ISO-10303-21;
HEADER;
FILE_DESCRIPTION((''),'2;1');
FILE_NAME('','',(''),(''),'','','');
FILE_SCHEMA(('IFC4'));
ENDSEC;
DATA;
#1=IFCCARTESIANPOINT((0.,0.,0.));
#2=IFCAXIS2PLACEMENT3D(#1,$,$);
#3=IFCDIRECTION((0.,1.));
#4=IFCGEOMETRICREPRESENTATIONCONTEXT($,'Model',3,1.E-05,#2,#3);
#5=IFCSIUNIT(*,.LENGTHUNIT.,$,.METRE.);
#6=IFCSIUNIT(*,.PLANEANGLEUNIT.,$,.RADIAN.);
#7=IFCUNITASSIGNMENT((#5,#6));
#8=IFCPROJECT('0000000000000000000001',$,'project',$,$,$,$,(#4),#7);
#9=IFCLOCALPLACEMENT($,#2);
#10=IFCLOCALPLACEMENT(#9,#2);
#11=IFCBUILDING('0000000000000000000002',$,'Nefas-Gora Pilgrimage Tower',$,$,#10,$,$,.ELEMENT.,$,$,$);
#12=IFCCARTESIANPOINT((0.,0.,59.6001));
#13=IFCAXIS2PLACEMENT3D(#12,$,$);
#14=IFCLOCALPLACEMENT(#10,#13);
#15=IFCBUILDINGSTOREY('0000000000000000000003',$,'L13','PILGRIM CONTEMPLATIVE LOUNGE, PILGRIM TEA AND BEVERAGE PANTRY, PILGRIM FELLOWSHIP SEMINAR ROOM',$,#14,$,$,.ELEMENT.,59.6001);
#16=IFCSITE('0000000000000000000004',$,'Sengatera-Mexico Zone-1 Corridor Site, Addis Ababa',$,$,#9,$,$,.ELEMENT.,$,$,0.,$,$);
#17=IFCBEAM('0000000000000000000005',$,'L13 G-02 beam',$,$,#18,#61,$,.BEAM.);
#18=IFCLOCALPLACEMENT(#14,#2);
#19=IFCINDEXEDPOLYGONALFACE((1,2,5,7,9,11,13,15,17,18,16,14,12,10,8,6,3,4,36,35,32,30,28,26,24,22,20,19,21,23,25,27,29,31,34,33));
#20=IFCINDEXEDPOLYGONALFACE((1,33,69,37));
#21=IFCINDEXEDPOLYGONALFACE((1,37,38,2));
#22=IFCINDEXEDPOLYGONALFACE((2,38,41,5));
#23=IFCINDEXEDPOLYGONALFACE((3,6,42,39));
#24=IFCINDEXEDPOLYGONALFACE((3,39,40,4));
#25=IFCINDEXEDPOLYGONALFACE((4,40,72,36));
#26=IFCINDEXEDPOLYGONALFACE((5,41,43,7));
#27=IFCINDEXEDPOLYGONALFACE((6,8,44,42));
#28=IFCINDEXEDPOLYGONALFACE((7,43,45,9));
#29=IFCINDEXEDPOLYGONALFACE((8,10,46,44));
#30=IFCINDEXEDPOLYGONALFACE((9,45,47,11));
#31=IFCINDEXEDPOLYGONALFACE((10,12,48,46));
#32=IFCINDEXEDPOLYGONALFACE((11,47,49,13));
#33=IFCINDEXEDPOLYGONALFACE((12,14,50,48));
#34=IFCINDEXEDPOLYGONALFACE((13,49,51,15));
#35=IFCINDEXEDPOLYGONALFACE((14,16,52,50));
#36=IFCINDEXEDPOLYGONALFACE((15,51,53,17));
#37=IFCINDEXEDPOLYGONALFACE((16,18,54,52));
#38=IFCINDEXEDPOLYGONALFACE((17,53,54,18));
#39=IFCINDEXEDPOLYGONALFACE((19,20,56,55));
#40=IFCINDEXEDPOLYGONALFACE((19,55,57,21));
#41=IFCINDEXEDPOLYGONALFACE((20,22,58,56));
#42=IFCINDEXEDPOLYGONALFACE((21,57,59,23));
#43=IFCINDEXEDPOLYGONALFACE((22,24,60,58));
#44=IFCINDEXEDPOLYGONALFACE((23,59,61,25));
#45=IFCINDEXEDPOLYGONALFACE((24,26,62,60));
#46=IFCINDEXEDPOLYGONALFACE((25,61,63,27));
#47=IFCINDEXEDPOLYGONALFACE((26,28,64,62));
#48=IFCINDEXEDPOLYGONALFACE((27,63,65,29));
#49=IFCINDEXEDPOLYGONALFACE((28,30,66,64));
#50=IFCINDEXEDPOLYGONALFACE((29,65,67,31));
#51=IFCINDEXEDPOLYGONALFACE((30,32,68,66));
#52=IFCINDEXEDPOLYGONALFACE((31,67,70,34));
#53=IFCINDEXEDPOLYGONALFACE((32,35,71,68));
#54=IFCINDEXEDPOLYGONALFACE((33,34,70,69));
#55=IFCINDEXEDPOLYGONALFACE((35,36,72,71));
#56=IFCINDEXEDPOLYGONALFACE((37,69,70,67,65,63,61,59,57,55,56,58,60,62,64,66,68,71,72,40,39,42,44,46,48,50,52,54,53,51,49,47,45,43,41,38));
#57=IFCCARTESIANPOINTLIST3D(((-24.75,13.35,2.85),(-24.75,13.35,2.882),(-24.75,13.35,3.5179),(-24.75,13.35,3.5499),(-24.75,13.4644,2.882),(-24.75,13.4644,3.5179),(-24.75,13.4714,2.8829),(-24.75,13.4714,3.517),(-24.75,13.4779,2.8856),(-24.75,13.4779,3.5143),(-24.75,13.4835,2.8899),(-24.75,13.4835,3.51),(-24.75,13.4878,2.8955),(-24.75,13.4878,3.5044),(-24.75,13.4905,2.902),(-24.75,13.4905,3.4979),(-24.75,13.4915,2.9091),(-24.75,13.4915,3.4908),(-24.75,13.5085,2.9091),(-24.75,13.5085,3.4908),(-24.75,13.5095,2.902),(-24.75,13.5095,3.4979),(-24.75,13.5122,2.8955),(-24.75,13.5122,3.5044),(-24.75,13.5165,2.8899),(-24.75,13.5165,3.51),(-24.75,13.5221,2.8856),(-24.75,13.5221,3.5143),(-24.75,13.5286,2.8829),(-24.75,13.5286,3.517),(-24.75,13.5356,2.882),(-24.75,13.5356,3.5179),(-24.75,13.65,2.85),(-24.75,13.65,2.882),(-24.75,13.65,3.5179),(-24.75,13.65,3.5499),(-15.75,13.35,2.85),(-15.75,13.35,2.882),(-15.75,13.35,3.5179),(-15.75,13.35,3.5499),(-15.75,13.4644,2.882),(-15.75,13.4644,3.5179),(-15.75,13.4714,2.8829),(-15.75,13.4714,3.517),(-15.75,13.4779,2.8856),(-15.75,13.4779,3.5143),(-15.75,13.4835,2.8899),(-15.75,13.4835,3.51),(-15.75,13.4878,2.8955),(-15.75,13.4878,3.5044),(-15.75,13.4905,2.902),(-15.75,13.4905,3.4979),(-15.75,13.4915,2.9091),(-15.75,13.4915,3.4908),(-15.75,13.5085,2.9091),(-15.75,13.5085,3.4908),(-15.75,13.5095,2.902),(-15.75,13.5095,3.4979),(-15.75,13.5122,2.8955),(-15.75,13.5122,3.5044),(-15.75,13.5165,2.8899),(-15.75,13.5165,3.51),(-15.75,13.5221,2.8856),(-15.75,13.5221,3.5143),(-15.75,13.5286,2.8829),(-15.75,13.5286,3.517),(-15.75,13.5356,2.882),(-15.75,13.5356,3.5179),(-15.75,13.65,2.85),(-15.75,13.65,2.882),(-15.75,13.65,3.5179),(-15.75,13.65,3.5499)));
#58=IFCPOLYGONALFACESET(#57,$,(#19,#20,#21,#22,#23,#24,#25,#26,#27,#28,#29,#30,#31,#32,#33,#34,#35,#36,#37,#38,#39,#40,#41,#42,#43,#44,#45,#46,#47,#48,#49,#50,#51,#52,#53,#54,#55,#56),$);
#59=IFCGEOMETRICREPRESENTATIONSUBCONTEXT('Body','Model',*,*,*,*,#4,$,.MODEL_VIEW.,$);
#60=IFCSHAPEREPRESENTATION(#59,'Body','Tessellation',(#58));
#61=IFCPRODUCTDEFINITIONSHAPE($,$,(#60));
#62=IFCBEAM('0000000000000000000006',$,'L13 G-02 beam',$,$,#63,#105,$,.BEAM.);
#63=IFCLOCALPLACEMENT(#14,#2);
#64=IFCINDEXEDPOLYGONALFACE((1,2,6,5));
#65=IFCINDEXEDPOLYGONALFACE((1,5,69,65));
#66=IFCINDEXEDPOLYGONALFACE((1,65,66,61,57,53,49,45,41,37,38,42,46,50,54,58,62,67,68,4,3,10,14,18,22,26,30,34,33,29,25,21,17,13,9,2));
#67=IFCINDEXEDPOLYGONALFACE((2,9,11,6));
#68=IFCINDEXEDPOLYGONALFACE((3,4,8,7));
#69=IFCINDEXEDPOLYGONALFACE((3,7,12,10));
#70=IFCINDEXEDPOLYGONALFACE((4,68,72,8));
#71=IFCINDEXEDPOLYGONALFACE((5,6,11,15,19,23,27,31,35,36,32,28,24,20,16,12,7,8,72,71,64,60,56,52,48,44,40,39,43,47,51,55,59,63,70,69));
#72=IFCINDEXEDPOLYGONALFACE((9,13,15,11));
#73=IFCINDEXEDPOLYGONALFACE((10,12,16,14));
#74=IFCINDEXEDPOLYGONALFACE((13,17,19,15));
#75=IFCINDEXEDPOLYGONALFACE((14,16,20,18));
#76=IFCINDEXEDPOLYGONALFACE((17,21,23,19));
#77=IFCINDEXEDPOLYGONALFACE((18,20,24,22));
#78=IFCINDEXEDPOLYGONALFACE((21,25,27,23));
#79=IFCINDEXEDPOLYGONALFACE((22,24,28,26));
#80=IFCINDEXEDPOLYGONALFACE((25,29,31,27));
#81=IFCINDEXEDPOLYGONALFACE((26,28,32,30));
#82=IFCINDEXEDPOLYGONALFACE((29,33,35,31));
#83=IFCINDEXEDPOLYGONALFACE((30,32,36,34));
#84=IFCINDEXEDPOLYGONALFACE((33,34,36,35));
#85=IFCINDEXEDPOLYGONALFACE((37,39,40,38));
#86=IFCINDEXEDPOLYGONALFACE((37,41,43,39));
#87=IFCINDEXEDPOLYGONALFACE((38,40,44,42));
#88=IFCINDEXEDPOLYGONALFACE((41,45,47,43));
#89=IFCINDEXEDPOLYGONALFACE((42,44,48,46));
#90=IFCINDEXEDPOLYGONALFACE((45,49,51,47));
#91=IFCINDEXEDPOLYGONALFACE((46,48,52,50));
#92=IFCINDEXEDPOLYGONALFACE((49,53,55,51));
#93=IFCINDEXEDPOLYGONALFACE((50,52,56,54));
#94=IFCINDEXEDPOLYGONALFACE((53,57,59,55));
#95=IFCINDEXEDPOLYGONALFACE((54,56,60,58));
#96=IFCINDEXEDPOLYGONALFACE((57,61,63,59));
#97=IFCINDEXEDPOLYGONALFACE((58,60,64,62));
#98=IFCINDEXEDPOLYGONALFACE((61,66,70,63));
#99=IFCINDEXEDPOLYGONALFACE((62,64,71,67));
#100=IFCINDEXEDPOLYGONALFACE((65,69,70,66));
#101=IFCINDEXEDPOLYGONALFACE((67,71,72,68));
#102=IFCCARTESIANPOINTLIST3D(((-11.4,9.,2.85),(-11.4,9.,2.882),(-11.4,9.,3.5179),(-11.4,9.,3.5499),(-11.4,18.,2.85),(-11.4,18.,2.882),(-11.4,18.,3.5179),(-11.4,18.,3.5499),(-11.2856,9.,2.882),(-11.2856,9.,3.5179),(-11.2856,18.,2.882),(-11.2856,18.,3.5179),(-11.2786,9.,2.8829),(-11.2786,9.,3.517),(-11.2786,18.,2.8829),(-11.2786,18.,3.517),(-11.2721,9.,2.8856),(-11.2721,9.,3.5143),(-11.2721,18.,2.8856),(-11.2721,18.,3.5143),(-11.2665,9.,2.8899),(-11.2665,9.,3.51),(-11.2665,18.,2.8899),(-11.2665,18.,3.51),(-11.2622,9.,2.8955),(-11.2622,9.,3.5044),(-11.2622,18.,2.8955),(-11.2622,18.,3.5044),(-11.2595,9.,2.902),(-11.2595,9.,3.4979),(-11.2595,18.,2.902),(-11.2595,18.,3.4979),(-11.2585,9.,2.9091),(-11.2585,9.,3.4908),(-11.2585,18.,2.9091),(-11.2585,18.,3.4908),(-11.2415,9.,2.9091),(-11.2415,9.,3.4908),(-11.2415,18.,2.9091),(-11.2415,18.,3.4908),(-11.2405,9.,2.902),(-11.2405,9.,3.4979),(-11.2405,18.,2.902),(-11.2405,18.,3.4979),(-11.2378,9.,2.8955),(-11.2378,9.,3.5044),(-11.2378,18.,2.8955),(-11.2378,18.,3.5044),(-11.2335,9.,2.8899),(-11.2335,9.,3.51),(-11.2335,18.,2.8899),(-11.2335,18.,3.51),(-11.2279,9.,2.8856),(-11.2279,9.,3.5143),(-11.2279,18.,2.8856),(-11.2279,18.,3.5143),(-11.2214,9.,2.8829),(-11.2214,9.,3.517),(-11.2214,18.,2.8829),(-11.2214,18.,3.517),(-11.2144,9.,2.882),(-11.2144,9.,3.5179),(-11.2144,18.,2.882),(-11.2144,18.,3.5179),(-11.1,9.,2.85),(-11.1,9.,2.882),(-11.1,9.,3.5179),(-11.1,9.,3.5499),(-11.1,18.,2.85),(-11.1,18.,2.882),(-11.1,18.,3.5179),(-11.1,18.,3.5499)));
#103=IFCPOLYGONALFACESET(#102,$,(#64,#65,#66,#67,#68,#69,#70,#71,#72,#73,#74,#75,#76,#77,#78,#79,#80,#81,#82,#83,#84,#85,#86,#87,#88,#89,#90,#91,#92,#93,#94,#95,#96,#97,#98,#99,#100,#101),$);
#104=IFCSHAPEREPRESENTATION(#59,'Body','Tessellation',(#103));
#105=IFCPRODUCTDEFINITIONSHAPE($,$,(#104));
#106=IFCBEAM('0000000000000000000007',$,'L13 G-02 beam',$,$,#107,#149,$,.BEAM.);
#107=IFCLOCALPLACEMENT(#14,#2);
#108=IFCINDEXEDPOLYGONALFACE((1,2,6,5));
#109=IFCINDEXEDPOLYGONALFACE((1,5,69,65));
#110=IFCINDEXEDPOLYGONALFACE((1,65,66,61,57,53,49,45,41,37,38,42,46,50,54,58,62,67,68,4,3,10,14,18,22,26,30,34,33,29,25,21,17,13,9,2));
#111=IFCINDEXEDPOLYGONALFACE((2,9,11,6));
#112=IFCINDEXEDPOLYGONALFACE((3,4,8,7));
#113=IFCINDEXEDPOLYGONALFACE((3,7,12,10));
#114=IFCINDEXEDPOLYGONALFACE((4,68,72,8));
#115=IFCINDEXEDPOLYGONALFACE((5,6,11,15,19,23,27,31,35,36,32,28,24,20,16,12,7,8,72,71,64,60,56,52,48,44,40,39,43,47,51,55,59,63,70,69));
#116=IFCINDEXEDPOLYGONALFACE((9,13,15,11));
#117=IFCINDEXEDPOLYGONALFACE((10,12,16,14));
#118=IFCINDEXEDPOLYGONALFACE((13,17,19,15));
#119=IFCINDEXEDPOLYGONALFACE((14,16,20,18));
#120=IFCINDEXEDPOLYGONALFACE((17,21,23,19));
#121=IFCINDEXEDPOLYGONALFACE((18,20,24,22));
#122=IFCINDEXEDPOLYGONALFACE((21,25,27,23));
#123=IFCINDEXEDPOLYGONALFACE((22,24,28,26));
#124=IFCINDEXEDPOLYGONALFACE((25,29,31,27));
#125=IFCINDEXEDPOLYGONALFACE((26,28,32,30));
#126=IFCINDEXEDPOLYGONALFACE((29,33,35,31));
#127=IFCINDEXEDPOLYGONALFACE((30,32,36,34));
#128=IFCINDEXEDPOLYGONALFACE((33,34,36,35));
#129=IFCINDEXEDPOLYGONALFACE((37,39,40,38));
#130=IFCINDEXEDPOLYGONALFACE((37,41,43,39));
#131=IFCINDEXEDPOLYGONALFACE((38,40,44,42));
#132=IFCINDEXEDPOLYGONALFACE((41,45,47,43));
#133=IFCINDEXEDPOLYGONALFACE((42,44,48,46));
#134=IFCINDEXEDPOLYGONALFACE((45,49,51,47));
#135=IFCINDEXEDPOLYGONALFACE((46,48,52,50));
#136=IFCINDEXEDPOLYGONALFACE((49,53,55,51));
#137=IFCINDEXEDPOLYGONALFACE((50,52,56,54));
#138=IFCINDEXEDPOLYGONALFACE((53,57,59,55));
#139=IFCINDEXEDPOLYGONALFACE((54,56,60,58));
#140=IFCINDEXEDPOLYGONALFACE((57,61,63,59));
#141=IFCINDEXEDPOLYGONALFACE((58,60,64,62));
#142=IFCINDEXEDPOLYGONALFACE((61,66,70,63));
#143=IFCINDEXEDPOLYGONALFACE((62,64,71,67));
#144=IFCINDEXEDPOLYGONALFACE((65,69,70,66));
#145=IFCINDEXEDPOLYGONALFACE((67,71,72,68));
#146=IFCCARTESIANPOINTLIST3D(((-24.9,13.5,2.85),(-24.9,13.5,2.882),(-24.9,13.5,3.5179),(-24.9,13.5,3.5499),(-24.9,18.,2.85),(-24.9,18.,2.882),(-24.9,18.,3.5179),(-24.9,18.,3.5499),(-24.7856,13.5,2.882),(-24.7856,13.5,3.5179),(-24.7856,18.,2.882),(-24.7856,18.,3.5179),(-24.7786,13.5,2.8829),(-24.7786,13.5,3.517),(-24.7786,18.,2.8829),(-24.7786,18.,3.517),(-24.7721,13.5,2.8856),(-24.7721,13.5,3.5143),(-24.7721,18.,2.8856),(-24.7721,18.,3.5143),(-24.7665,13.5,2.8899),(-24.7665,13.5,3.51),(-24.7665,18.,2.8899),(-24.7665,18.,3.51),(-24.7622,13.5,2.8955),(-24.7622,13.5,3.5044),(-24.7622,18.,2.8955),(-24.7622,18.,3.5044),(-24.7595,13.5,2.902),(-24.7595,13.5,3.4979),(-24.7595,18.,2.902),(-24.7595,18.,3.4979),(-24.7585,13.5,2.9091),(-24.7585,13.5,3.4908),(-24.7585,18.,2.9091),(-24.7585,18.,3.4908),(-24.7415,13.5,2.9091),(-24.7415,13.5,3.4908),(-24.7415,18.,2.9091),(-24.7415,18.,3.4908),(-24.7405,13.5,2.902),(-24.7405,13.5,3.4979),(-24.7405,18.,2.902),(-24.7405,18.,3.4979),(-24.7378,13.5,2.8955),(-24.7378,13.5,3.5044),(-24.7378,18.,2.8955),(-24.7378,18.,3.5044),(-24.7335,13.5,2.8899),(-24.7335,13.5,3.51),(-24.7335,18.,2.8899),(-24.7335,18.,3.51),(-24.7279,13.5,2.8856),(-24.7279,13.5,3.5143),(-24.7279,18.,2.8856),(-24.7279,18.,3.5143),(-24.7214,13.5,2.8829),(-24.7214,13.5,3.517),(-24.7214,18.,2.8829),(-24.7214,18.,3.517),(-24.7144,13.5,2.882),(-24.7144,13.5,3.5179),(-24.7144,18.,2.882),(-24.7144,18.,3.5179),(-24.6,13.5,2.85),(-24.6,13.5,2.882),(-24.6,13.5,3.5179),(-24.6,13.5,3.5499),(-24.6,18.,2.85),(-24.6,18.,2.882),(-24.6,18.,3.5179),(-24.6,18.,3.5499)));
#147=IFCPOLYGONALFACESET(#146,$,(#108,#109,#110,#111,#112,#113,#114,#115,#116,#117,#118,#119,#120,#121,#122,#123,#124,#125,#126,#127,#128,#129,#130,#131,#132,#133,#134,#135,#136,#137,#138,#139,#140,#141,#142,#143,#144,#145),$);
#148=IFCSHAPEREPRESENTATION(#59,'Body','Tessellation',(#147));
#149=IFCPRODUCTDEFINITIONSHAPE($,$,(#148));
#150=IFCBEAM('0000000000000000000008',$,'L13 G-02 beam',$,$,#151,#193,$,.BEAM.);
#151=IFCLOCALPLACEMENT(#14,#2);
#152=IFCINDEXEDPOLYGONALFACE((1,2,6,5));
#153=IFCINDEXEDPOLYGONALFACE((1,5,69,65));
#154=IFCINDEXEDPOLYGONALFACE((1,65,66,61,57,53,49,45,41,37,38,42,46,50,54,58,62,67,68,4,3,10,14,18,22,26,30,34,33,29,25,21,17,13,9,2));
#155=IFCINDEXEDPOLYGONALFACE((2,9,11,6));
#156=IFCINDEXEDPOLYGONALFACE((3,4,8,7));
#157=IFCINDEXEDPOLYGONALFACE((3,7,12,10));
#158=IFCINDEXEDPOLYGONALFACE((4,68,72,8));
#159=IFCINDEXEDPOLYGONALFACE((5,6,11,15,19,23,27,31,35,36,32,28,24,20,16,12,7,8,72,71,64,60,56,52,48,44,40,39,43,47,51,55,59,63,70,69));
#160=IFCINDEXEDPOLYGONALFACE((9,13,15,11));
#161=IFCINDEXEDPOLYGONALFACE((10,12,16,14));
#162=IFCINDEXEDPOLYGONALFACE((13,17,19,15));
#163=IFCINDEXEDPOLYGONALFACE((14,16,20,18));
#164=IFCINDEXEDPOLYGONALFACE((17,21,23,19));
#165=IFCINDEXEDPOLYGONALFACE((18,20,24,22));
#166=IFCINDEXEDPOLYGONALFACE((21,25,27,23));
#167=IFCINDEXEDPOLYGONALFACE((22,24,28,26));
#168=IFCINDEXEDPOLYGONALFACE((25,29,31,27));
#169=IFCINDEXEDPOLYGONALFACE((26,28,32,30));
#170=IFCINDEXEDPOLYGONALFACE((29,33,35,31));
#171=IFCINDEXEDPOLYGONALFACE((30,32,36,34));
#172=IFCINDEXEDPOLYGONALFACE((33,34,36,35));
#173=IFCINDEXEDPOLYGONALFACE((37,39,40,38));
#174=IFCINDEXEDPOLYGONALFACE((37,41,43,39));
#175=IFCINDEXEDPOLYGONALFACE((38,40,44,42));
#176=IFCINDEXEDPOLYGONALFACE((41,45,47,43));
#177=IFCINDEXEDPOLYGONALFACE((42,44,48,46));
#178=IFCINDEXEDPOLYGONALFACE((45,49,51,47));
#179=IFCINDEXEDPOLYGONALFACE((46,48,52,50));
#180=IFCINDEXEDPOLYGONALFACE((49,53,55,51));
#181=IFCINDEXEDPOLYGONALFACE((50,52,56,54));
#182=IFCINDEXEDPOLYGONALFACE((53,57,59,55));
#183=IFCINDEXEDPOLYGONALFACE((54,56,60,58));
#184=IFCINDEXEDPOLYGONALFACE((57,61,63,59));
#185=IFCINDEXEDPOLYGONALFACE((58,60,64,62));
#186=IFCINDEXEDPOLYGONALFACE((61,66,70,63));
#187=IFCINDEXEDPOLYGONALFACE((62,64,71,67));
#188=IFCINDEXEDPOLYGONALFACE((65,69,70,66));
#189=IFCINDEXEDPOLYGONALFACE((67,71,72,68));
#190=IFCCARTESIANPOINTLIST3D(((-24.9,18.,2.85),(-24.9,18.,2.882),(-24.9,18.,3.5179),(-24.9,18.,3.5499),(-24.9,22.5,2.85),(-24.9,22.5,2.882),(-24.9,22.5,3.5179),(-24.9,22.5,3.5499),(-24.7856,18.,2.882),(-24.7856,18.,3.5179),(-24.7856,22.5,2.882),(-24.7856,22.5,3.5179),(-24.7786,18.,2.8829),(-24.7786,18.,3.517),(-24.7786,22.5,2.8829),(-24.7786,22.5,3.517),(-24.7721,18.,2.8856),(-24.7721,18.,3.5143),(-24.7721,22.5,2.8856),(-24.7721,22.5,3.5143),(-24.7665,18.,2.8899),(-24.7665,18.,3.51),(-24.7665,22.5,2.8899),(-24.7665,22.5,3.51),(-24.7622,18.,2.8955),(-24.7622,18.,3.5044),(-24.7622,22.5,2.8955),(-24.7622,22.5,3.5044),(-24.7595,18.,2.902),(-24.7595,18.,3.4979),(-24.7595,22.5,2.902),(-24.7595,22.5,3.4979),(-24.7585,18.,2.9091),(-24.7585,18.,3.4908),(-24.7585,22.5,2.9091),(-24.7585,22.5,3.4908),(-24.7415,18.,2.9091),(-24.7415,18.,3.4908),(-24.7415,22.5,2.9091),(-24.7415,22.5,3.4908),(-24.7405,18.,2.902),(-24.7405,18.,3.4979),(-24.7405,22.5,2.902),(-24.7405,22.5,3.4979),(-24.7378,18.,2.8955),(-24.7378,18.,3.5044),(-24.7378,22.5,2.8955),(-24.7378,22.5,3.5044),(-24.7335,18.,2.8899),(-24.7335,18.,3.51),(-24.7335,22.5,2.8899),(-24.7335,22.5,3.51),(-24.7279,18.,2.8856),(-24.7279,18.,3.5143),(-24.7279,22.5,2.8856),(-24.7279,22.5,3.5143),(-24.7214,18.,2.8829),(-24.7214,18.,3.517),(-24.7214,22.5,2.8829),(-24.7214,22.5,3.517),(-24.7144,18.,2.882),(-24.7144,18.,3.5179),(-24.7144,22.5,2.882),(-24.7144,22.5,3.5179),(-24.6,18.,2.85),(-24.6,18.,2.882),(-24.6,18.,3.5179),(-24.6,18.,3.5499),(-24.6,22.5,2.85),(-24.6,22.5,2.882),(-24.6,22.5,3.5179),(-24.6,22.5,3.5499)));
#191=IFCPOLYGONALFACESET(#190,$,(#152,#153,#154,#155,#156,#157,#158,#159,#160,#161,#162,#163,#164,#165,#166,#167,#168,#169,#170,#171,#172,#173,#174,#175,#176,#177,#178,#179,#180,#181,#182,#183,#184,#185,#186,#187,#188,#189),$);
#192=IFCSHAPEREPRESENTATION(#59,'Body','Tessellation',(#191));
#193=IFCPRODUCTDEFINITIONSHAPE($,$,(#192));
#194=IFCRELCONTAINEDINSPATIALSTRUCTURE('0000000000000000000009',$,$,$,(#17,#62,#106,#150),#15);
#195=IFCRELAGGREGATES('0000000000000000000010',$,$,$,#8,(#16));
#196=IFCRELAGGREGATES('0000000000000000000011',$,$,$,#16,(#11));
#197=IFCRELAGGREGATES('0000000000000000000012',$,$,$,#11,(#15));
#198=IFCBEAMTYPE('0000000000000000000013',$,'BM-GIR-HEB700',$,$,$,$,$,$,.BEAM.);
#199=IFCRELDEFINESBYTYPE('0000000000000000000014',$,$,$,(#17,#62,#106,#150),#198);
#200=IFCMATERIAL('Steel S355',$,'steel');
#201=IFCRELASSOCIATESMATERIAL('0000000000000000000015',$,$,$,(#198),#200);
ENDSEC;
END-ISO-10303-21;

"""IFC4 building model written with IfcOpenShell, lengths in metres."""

from ifc_helpers import new_model, si_unit, direction, frame, origin, origin_2d, place, context, subcontext, project, spatial, i_section, extrude, source, transform, mapped, material, material_profile, profile_set, type_object, element, save


model = new_model("IFC4")

# Units and contexts
model_context = context("Model", 3, precision=1e-05, world=origin(), true_north=direction((0.0, 1.0)))
body_context = subcontext(model_context, "Body", "Model", "MODEL_VIEW")
ifc_project = project(units=[si_unit("LENGTHUNIT", "METRE"), si_unit("PLANEANGLEUNIT", "RADIAN")], contexts=[model_context])

# Site, building, storey
site_placement = place(None, origin())
site = spatial("IfcSite", under=ifc_project, at=site_placement, Name="Sengatera-Mexico Zone-1 Corridor Site, Addis Ababa", CompositionType="ELEMENT", RefElevation=0.0)
building_placement = place(site_placement, origin())
building = spatial("IfcBuilding", under=site, at=building_placement, Name="Nefas-Gora Pilgrimage Tower", CompositionType="ELEMENT")
storey_placement = place(building_placement, frame((0.0, 0.0, 59.6001)))
storey = spatial("IfcBuildingStorey", under=building, at=storey_placement, Name="L13", Description="PILGRIM CONTEMPLATIVE LOUNGE, PILGRIM TEA AND BEVERAGE PANTRY, PILGRIM FELLOWSHIP SEMINAR ROOM", CompositionType="ELEMENT", Elevation=59.6001)

# Beams
ifc_material_1 = material(Name="Steel S355", Category="steel")
ifc_material_profile_1 = material_profile(ifc_material_1, i_section(OverallWidth=0.3, OverallDepth=0.7, WebThickness=0.0171, FlangeThickness=0.032, FilletRadius=0.0271, at=origin_2d()), Name="HEB 700")
ifc_profile_set_1 = profile_set([ifc_material_profile_1], Name="Steel S355")
beam_type_1 = type_object("IfcBeamType", Name="BM-GIR-HEB700", PredefinedType="BEAM", material=ifc_profile_set_1)
shared_shape_1 = source(origin(), body_context, "Body", "SweptSolid", [
    extrude(i_section(OverallWidth=0.3, OverallDepth=0.7, WebThickness=0.0171, FlangeThickness=0.032, FilletRadius=0.0271, at=origin_2d()), origin(), (0.0, 0.0, 1.0), 9.0),
])
for number, where, z_axis, x_axis, name in (
    (1, (-24.75, 13.5, 3.2), (1.0, 0.0, 0.0), (0.0, 1.0, 0.0), "L13 G-02 beam"),
    (2, (-11.25, 9.0, 3.2), (0.0, 1.0, 0.0), (-1.0, 0.0, 0.0), "L13 G-02 beam"),
):
    element("IfcBeam", number, at=place(storey_placement, frame(where, z_axis=z_axis, x_axis=x_axis)), inside=storey, type_object=beam_type_1, Name=name, PredefinedType="BEAM", context=body_context, shape_type="MappedRepresentation", body=[
        mapped(shared_shape_1, transform((0.0, 0.0, 0.0), x_axis=(1.0, 0.0, 0.0), y_axis=(0.0, 1.0, 0.0), z_axis=(0.0, 0.0, 1.0), scale=1.0)),
    ])
shared_shape_2 = source(origin(), body_context, "Body", "SweptSolid", [
    extrude(i_section(OverallWidth=0.3, OverallDepth=0.7, WebThickness=0.0171, FlangeThickness=0.032, FilletRadius=0.0271, at=origin_2d()), origin(), (0.0, 0.0, 1.0), 4.5),
])
for number, where, z_axis, x_axis, name in (
    (3, (-24.75, 13.5, 3.2), (0.0, 1.0, 0.0), (-1.0, 0.0, 0.0), "L13 G-02 beam"),
    (4, (-24.75, 18.0, 3.2), (0.0, 1.0, 0.0), (-1.0, 0.0, 0.0), "L13 G-02 beam"),
):
    element("IfcBeam", number, at=place(storey_placement, frame(where, z_axis=z_axis, x_axis=x_axis)), inside=storey, type_object=beam_type_1, Name=name, PredefinedType="BEAM", context=body_context, shape_type="MappedRepresentation", body=[
        mapped(shared_shape_2, transform((0.0, 0.0, 0.0), x_axis=(1.0, 0.0, 0.0), y_axis=(0.0, 1.0, 0.0), z_axis=(0.0, 0.0, 1.0), scale=1.0)),
    ])

save(model, "model.ifc")
